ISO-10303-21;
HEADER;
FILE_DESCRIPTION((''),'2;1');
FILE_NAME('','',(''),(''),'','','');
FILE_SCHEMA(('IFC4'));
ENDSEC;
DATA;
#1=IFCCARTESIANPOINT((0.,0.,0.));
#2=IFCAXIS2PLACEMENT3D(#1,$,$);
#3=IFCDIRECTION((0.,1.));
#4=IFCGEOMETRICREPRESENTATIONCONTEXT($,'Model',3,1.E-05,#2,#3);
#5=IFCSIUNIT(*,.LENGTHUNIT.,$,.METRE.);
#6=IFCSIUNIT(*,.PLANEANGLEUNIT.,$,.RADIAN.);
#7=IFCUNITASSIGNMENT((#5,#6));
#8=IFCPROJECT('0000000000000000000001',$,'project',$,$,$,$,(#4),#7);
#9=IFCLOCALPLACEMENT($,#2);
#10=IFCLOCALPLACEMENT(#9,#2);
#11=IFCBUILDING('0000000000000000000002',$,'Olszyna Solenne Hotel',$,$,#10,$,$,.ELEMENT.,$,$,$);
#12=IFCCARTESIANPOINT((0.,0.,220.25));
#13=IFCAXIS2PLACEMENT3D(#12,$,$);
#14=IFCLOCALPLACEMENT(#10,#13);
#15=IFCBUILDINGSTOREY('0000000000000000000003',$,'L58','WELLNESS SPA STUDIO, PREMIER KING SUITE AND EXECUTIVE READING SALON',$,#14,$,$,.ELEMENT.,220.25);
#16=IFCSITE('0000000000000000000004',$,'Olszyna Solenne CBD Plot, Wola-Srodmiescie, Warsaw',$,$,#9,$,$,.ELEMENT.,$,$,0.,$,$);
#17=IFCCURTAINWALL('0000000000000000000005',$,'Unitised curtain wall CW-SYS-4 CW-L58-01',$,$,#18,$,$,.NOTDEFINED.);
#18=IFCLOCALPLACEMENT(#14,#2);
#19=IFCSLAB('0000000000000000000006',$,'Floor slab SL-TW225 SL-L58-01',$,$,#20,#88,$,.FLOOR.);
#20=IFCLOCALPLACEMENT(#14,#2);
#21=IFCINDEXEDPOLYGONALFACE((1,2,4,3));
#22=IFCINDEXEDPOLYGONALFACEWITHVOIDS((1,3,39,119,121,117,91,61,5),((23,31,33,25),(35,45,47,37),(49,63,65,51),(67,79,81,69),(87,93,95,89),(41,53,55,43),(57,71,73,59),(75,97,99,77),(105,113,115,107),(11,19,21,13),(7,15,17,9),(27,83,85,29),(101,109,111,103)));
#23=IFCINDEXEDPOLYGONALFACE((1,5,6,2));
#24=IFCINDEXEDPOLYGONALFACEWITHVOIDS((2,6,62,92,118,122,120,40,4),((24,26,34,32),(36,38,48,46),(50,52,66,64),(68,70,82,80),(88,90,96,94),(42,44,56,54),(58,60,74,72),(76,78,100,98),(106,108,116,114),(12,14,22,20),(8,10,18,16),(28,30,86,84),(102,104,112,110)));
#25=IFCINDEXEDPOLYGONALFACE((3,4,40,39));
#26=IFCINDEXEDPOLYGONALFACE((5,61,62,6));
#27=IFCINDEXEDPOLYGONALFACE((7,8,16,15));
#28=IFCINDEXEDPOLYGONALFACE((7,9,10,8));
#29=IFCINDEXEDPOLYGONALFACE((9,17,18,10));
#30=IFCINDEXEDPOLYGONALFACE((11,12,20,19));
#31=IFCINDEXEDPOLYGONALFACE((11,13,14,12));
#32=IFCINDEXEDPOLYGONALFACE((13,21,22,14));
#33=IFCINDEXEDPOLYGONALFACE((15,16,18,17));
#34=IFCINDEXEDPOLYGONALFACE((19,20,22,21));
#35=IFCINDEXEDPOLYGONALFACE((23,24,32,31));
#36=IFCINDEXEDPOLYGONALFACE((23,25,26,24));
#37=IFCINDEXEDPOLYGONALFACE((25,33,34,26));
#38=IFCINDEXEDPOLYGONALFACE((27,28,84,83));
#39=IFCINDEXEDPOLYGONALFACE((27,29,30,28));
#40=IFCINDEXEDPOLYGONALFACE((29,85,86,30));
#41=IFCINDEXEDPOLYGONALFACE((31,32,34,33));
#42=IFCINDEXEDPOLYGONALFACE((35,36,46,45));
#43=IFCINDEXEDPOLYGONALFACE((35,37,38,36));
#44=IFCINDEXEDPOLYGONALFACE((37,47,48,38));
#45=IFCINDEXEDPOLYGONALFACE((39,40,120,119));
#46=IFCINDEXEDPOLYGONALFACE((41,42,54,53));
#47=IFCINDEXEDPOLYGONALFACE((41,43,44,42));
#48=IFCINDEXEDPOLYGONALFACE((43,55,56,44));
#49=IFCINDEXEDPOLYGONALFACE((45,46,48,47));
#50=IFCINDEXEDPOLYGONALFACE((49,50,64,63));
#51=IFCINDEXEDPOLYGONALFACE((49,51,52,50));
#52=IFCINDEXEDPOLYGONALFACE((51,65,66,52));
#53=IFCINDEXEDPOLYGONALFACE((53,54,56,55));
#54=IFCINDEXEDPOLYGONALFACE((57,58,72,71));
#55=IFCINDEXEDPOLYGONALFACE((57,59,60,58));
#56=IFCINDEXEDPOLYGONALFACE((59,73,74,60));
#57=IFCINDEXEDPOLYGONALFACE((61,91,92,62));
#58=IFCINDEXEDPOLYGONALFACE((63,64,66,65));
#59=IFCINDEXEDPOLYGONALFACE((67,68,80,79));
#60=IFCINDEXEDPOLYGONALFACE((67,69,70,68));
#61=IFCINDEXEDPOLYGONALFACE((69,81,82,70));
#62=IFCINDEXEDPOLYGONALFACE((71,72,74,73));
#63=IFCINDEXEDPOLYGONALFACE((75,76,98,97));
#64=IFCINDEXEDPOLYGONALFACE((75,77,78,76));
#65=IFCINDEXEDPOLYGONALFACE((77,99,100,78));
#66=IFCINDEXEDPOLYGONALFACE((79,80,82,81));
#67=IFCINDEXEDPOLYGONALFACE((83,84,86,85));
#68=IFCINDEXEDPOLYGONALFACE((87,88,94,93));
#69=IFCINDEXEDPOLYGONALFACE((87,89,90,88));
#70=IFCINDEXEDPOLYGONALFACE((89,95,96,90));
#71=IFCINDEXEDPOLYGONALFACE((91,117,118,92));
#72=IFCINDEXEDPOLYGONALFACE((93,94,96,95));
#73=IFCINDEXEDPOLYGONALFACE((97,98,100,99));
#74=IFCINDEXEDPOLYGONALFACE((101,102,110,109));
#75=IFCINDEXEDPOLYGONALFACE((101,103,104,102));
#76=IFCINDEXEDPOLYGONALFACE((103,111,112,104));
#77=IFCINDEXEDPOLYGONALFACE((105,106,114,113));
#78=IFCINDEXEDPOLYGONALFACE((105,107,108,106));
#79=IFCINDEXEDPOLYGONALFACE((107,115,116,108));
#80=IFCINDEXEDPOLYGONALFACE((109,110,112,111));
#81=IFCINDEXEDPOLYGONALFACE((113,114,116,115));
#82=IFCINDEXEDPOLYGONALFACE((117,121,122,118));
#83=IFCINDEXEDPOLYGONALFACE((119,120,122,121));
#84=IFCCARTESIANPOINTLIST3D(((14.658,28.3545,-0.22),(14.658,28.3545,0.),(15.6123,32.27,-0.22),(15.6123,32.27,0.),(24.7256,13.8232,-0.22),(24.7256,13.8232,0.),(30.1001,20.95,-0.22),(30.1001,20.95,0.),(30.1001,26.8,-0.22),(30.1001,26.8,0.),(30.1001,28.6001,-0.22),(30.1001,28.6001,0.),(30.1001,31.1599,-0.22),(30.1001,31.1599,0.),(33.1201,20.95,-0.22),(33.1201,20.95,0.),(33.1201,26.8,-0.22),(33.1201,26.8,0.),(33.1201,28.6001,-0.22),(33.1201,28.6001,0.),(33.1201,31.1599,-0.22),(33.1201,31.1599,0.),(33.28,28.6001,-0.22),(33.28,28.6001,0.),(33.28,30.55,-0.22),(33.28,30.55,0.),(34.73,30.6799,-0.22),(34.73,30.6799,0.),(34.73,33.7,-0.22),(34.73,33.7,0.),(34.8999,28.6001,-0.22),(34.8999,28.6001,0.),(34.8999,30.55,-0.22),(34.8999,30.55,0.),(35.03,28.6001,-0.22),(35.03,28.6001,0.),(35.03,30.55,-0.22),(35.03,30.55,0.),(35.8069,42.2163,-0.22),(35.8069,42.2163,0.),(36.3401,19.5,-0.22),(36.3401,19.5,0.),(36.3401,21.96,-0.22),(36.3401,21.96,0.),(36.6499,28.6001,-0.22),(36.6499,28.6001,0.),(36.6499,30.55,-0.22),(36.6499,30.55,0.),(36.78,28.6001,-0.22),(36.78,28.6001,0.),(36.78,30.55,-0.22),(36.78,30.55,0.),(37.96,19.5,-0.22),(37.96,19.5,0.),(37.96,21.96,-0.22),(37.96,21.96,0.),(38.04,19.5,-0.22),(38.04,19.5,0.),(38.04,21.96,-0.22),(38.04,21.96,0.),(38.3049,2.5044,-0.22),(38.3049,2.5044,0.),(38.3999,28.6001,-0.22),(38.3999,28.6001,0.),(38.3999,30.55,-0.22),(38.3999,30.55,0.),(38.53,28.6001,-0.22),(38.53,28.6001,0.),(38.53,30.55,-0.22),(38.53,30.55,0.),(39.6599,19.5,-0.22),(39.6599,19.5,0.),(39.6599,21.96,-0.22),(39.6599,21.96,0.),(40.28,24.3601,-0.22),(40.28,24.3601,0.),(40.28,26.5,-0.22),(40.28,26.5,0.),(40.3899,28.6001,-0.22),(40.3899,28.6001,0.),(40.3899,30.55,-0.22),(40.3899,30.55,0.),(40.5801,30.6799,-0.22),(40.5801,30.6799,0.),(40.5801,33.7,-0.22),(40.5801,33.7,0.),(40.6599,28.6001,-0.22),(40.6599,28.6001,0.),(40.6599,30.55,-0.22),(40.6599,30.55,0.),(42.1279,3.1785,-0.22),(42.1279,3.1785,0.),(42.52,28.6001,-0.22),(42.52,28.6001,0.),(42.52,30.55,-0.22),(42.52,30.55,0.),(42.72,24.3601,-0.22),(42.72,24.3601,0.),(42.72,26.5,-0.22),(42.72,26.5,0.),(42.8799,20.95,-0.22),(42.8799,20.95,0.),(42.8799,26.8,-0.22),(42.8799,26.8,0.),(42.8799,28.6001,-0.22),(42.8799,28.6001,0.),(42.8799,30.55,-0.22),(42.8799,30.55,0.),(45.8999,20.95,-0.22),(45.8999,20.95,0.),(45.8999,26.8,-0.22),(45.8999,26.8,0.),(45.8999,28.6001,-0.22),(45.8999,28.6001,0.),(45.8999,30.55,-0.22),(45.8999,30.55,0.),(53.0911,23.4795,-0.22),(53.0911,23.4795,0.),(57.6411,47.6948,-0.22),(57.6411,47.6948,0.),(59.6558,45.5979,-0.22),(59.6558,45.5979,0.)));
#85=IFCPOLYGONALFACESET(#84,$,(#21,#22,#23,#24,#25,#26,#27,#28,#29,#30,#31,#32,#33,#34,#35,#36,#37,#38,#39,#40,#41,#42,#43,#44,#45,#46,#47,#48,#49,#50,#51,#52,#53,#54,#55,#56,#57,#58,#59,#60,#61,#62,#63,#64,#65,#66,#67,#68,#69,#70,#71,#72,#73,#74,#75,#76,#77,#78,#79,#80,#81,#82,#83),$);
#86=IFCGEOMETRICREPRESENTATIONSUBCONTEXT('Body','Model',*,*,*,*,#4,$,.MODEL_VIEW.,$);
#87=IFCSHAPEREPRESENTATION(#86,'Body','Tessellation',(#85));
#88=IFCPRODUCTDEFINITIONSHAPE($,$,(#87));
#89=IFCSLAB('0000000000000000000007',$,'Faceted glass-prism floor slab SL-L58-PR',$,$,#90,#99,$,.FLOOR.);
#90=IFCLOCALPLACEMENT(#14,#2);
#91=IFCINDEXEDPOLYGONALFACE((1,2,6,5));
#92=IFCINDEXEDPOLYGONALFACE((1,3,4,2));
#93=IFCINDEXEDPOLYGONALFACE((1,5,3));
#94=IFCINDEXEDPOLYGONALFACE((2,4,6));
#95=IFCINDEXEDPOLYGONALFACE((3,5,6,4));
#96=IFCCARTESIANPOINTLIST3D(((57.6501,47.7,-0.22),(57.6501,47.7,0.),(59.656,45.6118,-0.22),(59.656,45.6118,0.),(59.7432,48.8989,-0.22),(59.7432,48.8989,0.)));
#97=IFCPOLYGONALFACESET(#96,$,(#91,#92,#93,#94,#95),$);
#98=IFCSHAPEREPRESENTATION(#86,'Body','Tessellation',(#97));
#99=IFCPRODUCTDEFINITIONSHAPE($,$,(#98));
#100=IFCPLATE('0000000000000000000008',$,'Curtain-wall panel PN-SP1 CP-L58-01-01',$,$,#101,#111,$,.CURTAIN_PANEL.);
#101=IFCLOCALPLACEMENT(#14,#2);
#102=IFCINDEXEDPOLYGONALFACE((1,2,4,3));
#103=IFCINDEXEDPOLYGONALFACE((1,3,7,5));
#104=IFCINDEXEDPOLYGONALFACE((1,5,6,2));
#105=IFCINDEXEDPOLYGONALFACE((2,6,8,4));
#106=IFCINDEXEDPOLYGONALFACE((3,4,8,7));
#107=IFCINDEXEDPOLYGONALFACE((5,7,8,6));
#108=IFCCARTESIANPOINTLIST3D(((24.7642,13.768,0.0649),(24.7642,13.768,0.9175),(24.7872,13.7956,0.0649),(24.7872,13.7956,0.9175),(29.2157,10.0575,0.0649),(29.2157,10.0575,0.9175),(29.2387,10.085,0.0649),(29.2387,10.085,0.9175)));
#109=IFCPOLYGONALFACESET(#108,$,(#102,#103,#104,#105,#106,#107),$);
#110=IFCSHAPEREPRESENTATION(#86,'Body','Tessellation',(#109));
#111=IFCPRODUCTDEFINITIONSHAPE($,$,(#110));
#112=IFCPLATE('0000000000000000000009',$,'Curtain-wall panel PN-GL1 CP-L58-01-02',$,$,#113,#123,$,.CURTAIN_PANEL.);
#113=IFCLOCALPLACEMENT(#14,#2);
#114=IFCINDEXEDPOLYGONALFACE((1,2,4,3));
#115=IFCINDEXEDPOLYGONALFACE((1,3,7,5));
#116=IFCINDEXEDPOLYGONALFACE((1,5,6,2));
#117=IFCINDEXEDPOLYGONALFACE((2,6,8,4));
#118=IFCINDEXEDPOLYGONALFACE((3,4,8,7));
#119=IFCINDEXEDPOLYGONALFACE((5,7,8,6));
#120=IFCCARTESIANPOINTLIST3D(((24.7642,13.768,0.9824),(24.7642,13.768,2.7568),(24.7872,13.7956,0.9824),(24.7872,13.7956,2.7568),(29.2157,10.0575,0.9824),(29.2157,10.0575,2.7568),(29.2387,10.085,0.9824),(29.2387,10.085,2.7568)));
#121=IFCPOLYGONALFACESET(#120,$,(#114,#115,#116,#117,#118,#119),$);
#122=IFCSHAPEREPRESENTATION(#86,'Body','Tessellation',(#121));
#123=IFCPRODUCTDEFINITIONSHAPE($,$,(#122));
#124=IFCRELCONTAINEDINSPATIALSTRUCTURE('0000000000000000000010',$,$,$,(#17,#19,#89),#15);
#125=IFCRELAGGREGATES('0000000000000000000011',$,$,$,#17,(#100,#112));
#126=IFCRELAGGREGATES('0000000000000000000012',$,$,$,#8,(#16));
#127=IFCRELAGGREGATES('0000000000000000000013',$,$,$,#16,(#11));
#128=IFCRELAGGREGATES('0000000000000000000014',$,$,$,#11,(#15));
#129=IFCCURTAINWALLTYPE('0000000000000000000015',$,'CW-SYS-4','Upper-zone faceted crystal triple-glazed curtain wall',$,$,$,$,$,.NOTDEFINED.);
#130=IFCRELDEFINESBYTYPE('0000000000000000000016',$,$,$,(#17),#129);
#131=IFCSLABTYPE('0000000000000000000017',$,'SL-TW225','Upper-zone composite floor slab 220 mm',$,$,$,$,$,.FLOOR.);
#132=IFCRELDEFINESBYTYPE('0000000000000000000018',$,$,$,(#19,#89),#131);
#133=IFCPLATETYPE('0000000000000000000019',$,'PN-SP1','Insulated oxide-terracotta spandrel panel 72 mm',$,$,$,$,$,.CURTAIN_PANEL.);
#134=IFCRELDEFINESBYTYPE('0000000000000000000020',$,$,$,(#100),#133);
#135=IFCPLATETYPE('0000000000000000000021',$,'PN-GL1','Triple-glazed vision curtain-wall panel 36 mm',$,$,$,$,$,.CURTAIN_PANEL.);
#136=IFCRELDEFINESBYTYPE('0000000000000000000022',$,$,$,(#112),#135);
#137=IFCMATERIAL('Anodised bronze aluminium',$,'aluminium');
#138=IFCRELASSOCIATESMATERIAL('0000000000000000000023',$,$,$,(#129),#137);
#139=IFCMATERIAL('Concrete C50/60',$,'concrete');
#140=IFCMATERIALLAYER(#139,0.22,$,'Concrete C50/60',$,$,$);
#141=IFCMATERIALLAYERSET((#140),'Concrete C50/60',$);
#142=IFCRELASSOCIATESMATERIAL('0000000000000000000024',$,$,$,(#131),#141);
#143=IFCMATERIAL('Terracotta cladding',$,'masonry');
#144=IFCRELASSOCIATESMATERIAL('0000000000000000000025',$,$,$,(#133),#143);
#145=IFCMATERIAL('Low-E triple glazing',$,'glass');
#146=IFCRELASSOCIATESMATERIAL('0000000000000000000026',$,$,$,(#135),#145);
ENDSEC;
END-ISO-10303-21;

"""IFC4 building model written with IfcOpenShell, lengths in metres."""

from ifc_helpers import new_model, si_unit, direction, frame, origin, origin_2d, place, context, subcontext, project, spatial, polyline, rectangle, outline, extrude, source, transform, mapped, material, layer, layer_set, type_object, element, aggregate, save


model = new_model("IFC4")

# Units and contexts
model_context = context("Model", 3, precision=1e-05, world=origin(), true_north=direction((0.0, 1.0)))
body_context = subcontext(model_context, "Body", "Model", "MODEL_VIEW")
ifc_project = project(units=[si_unit("LENGTHUNIT", "METRE"), si_unit("PLANEANGLEUNIT", "RADIAN")], contexts=[model_context])

# Site, building, storey
site_placement = place(None, origin())
site = spatial("IfcSite", under=ifc_project, at=site_placement, Name="Olszyna Solenne CBD Plot, Wola-Srodmiescie, Warsaw", CompositionType="ELEMENT", RefElevation=0.0)
building_placement = place(site_placement, origin())
building = spatial("IfcBuilding", under=site, at=building_placement, Name="Olszyna Solenne Hotel", CompositionType="ELEMENT")
storey_placement = place(building_placement, frame((0.0, 0.0, 220.25)))
storey = spatial("IfcBuildingStorey", under=building, at=storey_placement, Name="L58", Description="WELLNESS SPA STUDIO, PREMIER KING SUITE AND EXECUTIVE READING SALON", CompositionType="ELEMENT", Elevation=220.25)

# Curtain wall
ifc_material_1 = material(Name="Anodised bronze aluminium", Category="aluminium")
curtain_wall_type = type_object("IfcCurtainWallType", Name="CW-SYS-4", Description="Upper-zone faceted crystal triple-glazed curtain wall", PredefinedType="NOTDEFINED", material=ifc_material_1)
curtain_wall_placement = place(storey_placement, origin())
curtain_wall = element("IfcCurtainWall", 1, at=curtain_wall_placement, inside=storey, type_object=curtain_wall_type, Name="Unitised curtain wall CW-SYS-4 CW-L58-01", PredefinedType="NOTDEFINED")

# Slabs
ifc_material_2 = material(Name="Concrete C50/60", Category="concrete")
ifc_layer_1 = layer(ifc_material_2, 0.22, Name="Concrete C50/60")
ifc_layer_set_1 = layer_set([ifc_layer_1], Name="Concrete C50/60")
slab_type_1 = type_object("IfcSlabType", Name="SL-TW225", Description="Upper-zone composite floor slab 220 mm", PredefinedType="FLOOR", material=ifc_layer_set_1)
slab_1_placement = place(storey_placement, frame((0.0, 0.0, -0.22)))
element("IfcSlab", 2, at=slab_1_placement, inside=storey, type_object=slab_type_1, Name="Floor slab SL-TW225 SL-L58-01", PredefinedType="FLOOR", context=body_context, shape_type="SweptSolid", body=[
    extrude(outline(polyline([(59.6558, 45.5979), (57.6411, 47.6948), (35.8069, 42.2163), (15.6123, 32.27), (14.658, 28.3545), (24.7256, 13.8232), (38.3049, 2.5044), (42.1279, 3.1785), (53.0911, 23.4795), (59.6558, 45.5979)]), holes=[polyline([(30.1001, 20.95), (33.1201, 20.95), (33.1201, 26.8), (30.1001, 26.8), (30.1001, 20.95)]), polyline([(42.8799, 20.95), (45.8999, 20.95), (45.8999, 26.8), (42.8799, 26.8), (42.8799, 20.95)]), polyline([(34.73, 30.6799), (40.5801, 30.6799), (40.5801, 33.7), (34.73, 33.7), (34.73, 30.6799)]), polyline([(36.3401, 19.5), (37.96, 19.5), (37.96, 21.96), (36.3401, 21.96), (36.3401, 19.5)]), polyline([(38.04, 19.5), (39.6599, 19.5), (39.6599, 21.96), (38.04, 21.96), (38.04, 19.5)]), polyline([(30.1001, 28.6001), (33.1201, 28.6001), (33.1201, 31.1599), (30.1001, 31.1599), (30.1001, 28.6001)]), polyline([(40.28, 24.3601), (42.72, 24.3601), (42.72, 26.5), (40.28, 26.5), (40.28, 24.3601)]), polyline([(33.28, 28.6001), (34.8999, 28.6001), (34.8999, 30.55), (33.28, 30.55), (33.28, 28.6001)]), polyline([(35.03, 28.6001), (36.6499, 28.6001), (36.6499, 30.55), (35.03, 30.55), (35.03, 28.6001)]), polyline([(36.78, 28.6001), (38.3999, 28.6001), (38.3999, 30.55), (36.78, 30.55), (36.78, 28.6001)]), polyline([(38.53, 28.6001), (40.3899, 28.6001), (40.3899, 30.55), (38.53, 30.55), (38.53, 28.6001)]), polyline([(40.6599, 28.6001), (42.52, 28.6001), (42.52, 30.55), (40.6599, 30.55), (40.6599, 28.6001)]), polyline([(42.8799, 28.6001), (45.8999, 28.6001), (45.8999, 30.55), (42.8799, 30.55), (42.8799, 28.6001)])]), origin(), (0.0, 0.0, 1.0), 0.22),
])
slab_2_placement = place(storey_placement, frame((0.0, 0.0, -0.22)))
element("IfcSlab", 3, at=slab_2_placement, inside=storey, type_object=slab_type_1, Name="Faceted glass-prism floor slab SL-L58-PR", PredefinedType="FLOOR", context=body_context, shape_type="SweptSolid", body=[
    extrude(outline(polyline([(57.6501, 47.7), (59.656, 45.6118), (59.7432, 48.8989), (57.6501, 47.7)])), origin(), (0.0, 0.0, 1.0), 0.22),
])

# Plates
ifc_material_3 = material(Name="Terracotta cladding", Category="masonry")
plate_type_1 = type_object("IfcPlateType", Name="PN-SP1", Description="Insulated oxide-terracotta spandrel panel 72 mm", PredefinedType="CURTAIN_PANEL", material=ifc_material_3)
shared_shape_1 = source(origin(), body_context, "Body", "SweptSolid", [
    extrude(rectangle(XDim=5.7952, YDim=0.0359, at=origin_2d()), origin(), (0.0, 0.0, 1.0), 0.8525),
])
plate_1_placement = place(storey_placement, frame((27.0015, 11.9265, 0.0649), z_axis=(0.0, 0.0, 1.0), x_axis=(0.768141, -0.640281, 0.0)))
plate_1 = element("IfcPlate", 4, at=plate_1_placement, type_object=plate_type_1, Name="Curtain-wall panel PN-SP1 CP-L58-01-01", PredefinedType="CURTAIN_PANEL", context=body_context, shape_type="MappedRepresentation", body=[
    mapped(shared_shape_1, transform((0.0, 0.0, 0.0), x_axis=(1.0, 0.0, 0.0), y_axis=(0.0, 1.0, 0.0), z_axis=(0.0, 0.0, 1.0), scale=1.0)),
])
ifc_material_4 = material(Name="Low-E triple glazing", Category="glass")
plate_type_2 = type_object("IfcPlateType", Name="PN-GL1", Description="Triple-glazed vision curtain-wall panel 36 mm", PredefinedType="CURTAIN_PANEL", material=ifc_material_4)
shared_shape_2 = source(origin(), body_context, "Body", "SweptSolid", [
    extrude(rectangle(XDim=5.7952, YDim=0.0359, at=origin_2d()), origin(), (0.0, 0.0, 1.0), 1.7744),
])
plate_2_placement = place(storey_placement, frame((27.0015, 11.9265, 0.9824), z_axis=(0.0, 0.0, 1.0), x_axis=(0.768141, -0.640281, 0.0)))
plate_2 = element("IfcPlate", 5, at=plate_2_placement, type_object=plate_type_2, Name="Curtain-wall panel PN-GL1 CP-L58-01-02", PredefinedType="CURTAIN_PANEL", context=body_context, shape_type="MappedRepresentation", body=[
    mapped(shared_shape_2, transform((0.0, 0.0, 0.0), x_axis=(1.0, 0.0, 0.0), y_axis=(0.0, 1.0, 0.0), z_axis=(0.0, 0.0, 1.0), scale=1.0)),
])
aggregate(curtain_wall, [plate_1, plate_2])

save(model, "model.ifc")
